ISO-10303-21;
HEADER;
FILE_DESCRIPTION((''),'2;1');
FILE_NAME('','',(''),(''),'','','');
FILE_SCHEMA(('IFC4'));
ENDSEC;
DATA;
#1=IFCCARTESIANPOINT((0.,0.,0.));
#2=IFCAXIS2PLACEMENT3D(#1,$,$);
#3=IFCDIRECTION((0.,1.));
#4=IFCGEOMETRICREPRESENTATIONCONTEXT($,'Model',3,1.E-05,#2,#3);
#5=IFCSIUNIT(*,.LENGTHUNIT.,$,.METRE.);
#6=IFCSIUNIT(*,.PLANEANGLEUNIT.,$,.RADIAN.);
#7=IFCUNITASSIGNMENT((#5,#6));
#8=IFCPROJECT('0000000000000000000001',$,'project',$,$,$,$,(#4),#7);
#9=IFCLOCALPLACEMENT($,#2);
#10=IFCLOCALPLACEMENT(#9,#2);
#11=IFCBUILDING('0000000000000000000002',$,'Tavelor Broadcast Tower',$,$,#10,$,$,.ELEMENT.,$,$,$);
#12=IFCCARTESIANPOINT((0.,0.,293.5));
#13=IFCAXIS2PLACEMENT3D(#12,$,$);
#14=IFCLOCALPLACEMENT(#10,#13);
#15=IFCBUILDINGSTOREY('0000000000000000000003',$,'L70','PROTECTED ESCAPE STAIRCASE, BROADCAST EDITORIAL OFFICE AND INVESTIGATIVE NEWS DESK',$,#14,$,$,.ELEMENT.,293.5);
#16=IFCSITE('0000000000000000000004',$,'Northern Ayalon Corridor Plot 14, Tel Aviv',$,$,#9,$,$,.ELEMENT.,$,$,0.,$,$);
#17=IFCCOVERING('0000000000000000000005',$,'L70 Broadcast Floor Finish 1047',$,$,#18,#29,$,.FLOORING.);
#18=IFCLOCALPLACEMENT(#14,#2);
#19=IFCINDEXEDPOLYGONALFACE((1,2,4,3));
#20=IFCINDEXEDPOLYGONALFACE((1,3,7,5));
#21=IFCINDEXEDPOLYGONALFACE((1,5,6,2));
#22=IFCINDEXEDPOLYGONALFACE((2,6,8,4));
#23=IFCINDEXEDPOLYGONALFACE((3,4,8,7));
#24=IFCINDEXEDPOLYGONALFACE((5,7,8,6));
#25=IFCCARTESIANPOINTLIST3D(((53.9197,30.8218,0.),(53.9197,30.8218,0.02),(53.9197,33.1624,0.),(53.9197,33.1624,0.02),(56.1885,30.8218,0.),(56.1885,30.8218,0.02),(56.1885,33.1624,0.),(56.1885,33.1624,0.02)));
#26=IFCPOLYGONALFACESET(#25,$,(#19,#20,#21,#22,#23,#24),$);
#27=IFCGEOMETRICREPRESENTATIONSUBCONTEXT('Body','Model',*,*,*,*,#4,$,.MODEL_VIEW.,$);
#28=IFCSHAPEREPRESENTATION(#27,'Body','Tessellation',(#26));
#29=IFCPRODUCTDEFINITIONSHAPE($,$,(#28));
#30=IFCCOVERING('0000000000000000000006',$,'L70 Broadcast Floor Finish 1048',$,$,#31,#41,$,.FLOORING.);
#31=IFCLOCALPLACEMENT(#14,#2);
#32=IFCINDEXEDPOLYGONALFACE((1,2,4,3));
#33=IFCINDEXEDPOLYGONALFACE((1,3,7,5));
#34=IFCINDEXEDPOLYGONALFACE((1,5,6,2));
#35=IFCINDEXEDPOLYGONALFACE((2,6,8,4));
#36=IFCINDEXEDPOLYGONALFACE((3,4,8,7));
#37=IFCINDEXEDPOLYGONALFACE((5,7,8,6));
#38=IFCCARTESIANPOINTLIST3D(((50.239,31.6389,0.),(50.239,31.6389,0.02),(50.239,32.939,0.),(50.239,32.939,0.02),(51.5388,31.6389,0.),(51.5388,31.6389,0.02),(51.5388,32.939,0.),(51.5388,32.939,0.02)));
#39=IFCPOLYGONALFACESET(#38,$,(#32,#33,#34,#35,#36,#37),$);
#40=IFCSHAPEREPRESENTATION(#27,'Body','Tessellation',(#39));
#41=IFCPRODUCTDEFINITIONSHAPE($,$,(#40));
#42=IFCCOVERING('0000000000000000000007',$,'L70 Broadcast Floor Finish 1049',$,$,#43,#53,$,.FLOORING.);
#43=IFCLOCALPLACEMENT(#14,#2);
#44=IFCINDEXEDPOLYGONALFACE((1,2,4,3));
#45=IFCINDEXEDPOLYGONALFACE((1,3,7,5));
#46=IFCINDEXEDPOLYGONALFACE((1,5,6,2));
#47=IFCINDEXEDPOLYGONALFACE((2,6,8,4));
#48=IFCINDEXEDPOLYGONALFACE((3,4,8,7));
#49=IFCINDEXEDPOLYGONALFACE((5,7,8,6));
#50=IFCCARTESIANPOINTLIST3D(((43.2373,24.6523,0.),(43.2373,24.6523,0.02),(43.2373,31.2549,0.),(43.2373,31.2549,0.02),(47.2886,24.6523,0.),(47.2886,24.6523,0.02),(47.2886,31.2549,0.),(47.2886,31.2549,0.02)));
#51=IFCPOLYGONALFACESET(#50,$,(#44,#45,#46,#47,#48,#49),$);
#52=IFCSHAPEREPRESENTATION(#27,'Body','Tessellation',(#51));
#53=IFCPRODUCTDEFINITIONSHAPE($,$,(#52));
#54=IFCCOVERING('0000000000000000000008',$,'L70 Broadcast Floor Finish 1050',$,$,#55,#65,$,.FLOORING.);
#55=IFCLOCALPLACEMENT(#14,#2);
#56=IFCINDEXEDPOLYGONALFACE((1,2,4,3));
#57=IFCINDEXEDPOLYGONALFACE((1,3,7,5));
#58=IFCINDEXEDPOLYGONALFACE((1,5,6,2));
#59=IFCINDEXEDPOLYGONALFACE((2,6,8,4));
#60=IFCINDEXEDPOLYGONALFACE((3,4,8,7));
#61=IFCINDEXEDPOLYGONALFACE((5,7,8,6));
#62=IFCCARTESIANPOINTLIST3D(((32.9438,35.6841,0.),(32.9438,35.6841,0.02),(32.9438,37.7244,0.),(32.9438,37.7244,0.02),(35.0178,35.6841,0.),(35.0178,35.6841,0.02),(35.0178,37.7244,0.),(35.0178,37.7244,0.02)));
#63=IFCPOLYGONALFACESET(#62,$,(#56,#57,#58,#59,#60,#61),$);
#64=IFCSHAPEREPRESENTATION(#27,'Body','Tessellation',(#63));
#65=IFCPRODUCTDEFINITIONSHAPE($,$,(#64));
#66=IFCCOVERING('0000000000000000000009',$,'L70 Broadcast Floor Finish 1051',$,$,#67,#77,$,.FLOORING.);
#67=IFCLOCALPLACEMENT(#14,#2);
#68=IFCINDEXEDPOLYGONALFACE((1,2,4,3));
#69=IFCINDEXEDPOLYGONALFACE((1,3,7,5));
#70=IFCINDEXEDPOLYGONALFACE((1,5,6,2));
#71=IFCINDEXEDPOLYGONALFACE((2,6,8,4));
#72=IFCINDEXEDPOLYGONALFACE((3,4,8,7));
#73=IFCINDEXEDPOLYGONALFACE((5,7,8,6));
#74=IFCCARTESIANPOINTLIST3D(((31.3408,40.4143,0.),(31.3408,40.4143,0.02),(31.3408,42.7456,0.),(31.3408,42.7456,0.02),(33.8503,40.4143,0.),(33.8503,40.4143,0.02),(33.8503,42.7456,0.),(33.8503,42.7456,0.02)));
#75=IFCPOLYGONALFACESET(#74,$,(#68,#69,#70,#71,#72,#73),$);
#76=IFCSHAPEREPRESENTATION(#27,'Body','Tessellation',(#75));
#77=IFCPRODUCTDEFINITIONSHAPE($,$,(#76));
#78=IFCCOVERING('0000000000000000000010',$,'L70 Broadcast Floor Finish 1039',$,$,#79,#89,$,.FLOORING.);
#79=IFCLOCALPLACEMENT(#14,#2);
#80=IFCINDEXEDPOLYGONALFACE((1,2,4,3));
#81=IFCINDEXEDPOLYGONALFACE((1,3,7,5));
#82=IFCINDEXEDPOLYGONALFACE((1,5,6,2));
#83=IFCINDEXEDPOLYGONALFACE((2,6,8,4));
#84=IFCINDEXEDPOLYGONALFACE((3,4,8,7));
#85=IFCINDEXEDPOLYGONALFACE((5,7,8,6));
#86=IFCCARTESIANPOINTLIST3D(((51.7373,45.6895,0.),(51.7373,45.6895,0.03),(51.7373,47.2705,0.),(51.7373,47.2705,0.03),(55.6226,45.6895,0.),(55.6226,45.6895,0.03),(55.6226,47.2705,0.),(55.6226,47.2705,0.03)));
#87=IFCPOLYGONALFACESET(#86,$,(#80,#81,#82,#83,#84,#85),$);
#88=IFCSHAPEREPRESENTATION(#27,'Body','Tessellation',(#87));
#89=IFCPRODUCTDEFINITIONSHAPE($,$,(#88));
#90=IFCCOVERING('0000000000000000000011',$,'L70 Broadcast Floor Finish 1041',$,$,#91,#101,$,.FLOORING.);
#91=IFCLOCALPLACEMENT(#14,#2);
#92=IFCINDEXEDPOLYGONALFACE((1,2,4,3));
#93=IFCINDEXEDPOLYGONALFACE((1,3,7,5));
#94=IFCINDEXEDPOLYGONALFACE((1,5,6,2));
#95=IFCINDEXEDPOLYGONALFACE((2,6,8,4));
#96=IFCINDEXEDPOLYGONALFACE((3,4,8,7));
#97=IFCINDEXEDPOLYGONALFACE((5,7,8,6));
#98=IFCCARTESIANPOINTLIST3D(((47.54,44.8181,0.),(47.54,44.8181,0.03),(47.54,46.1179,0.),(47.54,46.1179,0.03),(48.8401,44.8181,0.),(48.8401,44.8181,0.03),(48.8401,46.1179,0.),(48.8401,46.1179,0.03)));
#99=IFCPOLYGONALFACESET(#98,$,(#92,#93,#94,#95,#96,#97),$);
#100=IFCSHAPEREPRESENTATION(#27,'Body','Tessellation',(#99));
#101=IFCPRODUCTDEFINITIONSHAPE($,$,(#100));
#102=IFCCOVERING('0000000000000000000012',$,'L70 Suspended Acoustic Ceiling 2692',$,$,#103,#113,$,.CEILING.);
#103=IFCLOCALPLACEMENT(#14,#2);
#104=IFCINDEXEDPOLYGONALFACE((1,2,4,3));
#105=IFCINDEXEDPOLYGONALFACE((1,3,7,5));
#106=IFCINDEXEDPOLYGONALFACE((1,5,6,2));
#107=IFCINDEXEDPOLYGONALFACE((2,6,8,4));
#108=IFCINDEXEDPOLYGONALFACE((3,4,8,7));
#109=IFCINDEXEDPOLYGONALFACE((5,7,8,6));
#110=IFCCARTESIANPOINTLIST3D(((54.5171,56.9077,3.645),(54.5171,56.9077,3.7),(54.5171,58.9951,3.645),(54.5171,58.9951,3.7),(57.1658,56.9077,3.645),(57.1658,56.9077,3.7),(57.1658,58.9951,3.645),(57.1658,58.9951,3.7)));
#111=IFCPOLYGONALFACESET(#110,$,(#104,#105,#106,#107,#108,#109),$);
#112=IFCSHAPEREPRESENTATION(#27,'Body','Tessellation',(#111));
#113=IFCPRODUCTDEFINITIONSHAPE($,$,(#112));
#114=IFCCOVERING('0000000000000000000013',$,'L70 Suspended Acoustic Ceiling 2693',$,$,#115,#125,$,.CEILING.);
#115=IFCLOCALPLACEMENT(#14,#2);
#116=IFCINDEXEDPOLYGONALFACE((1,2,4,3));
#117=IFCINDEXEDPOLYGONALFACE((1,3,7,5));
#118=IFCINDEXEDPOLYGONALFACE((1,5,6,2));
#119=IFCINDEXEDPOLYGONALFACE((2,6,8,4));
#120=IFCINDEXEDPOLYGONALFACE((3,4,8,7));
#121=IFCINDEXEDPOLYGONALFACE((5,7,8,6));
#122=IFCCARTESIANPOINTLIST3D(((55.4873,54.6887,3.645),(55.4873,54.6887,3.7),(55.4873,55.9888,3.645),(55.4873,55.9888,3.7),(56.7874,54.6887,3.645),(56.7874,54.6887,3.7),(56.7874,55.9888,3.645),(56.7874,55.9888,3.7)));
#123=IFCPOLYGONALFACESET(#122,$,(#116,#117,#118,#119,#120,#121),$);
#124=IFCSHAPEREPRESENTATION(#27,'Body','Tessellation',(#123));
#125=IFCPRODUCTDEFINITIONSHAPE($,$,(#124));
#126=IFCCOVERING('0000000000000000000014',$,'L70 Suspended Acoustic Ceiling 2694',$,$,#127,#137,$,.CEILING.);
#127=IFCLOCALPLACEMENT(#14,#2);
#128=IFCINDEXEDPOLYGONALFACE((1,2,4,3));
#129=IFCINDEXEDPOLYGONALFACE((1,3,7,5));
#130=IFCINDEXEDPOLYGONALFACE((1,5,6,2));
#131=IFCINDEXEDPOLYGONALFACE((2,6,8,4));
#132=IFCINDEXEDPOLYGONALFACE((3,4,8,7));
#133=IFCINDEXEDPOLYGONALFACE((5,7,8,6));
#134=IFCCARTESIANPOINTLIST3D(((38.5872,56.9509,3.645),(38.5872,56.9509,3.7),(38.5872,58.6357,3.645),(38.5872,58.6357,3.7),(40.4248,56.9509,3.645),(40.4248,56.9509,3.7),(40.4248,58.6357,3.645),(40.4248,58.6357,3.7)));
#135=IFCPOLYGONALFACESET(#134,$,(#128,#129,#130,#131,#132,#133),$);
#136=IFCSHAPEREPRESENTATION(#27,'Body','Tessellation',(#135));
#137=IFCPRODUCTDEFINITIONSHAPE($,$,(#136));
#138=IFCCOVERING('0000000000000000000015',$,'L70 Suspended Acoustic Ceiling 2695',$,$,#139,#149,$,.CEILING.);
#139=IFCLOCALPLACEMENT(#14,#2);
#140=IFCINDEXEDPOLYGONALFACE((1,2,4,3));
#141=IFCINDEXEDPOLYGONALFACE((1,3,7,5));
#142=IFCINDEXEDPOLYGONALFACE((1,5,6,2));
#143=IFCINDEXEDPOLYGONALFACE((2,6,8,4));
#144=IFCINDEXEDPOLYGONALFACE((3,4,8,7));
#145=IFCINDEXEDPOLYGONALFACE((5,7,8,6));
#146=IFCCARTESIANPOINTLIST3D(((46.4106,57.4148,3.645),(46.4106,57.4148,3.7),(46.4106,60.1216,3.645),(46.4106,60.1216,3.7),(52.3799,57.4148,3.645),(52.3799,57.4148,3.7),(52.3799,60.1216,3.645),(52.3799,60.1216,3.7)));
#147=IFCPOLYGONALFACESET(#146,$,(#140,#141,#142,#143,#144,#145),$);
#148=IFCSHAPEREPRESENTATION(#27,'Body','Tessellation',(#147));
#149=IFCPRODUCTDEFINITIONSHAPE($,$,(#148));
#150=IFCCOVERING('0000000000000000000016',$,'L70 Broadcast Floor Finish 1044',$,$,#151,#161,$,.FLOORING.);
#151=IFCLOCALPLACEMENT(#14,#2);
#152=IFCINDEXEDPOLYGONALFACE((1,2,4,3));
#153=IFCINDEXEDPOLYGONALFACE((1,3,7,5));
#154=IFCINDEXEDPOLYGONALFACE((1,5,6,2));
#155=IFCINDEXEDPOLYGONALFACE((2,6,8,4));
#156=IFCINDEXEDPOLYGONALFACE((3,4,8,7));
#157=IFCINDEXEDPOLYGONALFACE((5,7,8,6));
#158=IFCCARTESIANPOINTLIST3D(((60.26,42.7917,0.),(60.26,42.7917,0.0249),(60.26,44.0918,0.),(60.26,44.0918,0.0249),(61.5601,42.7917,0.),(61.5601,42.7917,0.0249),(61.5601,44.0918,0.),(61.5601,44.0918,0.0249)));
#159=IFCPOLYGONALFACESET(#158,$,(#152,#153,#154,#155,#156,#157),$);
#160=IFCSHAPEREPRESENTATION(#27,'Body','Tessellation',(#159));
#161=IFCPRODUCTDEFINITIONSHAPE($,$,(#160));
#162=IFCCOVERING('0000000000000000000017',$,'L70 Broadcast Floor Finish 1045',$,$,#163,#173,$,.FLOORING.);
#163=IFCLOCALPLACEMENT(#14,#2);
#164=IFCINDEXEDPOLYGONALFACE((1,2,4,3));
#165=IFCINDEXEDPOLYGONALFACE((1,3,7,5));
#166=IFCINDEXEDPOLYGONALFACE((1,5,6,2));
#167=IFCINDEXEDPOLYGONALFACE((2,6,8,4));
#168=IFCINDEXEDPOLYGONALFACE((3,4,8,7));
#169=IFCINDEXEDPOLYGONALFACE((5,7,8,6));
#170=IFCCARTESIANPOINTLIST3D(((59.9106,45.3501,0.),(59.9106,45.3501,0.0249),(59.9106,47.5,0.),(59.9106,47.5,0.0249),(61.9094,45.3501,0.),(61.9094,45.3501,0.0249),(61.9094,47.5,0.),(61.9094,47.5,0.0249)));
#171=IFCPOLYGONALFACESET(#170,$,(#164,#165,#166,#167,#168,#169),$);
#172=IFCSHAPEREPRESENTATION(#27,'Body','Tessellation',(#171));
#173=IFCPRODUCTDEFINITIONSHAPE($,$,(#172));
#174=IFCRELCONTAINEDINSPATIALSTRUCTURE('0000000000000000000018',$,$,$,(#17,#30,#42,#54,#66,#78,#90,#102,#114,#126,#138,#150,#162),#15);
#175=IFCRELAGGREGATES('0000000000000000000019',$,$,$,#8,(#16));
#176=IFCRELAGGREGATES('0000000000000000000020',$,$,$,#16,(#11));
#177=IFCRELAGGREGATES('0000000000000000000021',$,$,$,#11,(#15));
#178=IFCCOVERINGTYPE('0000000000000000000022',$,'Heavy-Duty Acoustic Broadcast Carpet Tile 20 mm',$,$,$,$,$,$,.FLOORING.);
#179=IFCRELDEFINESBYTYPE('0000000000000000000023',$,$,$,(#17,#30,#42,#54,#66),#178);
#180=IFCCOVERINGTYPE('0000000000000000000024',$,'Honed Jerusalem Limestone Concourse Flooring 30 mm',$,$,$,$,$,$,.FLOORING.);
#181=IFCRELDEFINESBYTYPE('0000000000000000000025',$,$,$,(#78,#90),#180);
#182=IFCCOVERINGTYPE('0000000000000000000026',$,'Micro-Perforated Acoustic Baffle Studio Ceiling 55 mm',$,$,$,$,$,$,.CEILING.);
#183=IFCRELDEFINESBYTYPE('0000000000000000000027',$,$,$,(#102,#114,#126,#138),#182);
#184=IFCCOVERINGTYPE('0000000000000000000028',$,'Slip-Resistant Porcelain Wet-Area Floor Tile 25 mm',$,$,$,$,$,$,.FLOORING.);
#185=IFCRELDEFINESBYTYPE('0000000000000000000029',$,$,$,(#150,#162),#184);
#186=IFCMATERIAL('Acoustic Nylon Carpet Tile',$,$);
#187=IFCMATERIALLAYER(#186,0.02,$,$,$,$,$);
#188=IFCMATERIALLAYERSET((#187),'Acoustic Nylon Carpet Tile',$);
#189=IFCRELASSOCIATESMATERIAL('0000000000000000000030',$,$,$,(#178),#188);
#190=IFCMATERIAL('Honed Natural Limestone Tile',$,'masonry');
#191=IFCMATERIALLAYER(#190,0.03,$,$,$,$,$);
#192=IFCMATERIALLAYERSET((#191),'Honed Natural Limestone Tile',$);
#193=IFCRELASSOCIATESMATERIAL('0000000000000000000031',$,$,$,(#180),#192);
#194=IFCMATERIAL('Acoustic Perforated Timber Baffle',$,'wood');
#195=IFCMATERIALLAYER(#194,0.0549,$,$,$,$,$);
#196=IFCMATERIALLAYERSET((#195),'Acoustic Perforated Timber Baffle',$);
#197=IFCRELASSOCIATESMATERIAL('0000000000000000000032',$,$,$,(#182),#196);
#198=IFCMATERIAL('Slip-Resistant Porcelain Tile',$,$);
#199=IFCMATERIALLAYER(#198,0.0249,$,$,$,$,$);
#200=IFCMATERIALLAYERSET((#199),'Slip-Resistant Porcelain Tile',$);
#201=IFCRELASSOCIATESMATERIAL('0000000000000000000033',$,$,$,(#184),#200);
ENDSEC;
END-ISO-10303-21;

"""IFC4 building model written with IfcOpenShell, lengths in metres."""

from ifc_helpers import new_model, si_unit, direction, frame, origin, place, context, subcontext, project, spatial, polyline, outline, extrude, material, layer, layer_set, type_object, element, save


model = new_model("IFC4")

# Units and contexts
model_context = context("Model", 3, precision=1e-05, world=origin(), true_north=direction((0.0, 1.0)))
body_context = subcontext(model_context, "Body", "Model", "MODEL_VIEW")
ifc_project = project(units=[si_unit("LENGTHUNIT", "METRE"), si_unit("PLANEANGLEUNIT", "RADIAN")], contexts=[model_context])

# Site, building, storey
site_placement = place(None, origin())
site = spatial("IfcSite", under=ifc_project, at=site_placement, Name="Northern Ayalon Corridor Plot 14, Tel Aviv", CompositionType="ELEMENT", RefElevation=0.0)
building_placement = place(site_placement, origin())
building = spatial("IfcBuilding", under=site, at=building_placement, Name="Tavelor Broadcast Tower", CompositionType="ELEMENT")
storey_placement = place(building_placement, frame((0.0, 0.0, 293.5)))
storey = spatial("IfcBuildingStorey", under=building, at=storey_placement, Name="L70", Description="PROTECTED ESCAPE STAIRCASE, BROADCAST EDITORIAL OFFICE AND INVESTIGATIVE NEWS DESK", CompositionType="ELEMENT", Elevation=293.5)

# Coverings
ifc_material_1 = material(Name="Acoustic Nylon Carpet Tile")
ifc_layer_1 = layer(ifc_material_1, 0.02)
ifc_layer_set_1 = layer_set([ifc_layer_1], Name="Acoustic Nylon Carpet Tile")
covering_type_1 = type_object("IfcCoveringType", Name="Heavy-Duty Acoustic Broadcast Carpet Tile 20 mm", PredefinedType="FLOORING", material=ifc_layer_set_1)
covering_1_placement = place(storey_placement, origin())
element("IfcCovering", 1, at=covering_1_placement, inside=storey, type_object=covering_type_1, Name="L70 Broadcast Floor Finish 1047", PredefinedType="FLOORING", context=body_context, shape_type="SweptSolid", body=[
    extrude(outline(polyline([(53.9197, 30.8218), (56.1885, 30.8218), (56.1885, 33.1624), (53.9197, 33.1624), (53.9197, 30.8218)])), origin(), (0.0, 0.0, 1.0), 0.02),
])
covering_2_placement = place(storey_placement, origin())
element("IfcCovering", 2, at=covering_2_placement, inside=storey, type_object=covering_type_1, Name="L70 Broadcast Floor Finish 1048", PredefinedType="FLOORING", context=body_context, shape_type="SweptSolid", body=[
    extrude(outline(polyline([(50.239, 31.6389), (51.5388, 31.6389), (51.5388, 32.939), (50.239, 32.939), (50.239, 31.6389)])), origin(), (0.0, 0.0, 1.0), 0.02),
])
covering_3_placement = place(storey_placement, origin())
element("IfcCovering", 3, at=covering_3_placement, inside=storey, type_object=covering_type_1, Name="L70 Broadcast Floor Finish 1049", PredefinedType="FLOORING", context=body_context, shape_type="SweptSolid", body=[
    extrude(outline(polyline([(43.2373, 24.6523), (47.2886, 24.6523), (47.2886, 31.2549), (43.2373, 31.2549), (43.2373, 24.6523)])), origin(), (0.0, 0.0, 1.0), 0.02),
])
covering_4_placement = place(storey_placement, origin())
element("IfcCovering", 4, at=covering_4_placement, inside=storey, type_object=covering_type_1, Name="L70 Broadcast Floor Finish 1050", PredefinedType="FLOORING", context=body_context, shape_type="SweptSolid", body=[
    extrude(outline(polyline([(32.9438, 35.6841), (35.0178, 35.6841), (35.0178, 37.7244), (32.9438, 37.7244), (32.9438, 35.6841)])), origin(), (0.0, 0.0, 1.0), 0.02),
])
covering_5_placement = place(storey_placement, origin())
element("IfcCovering", 5, at=covering_5_placement, inside=storey, type_object=covering_type_1, Name="L70 Broadcast Floor Finish 1051", PredefinedType="FLOORING", context=body_context, shape_type="SweptSolid", body=[
    extrude(outline(polyline([(31.3408, 40.4143), (33.8503, 40.4143), (33.8503, 42.7456), (31.3408, 42.7456), (31.3408, 40.4143)])), origin(), (0.0, 0.0, 1.0), 0.02),
])
ifc_material_2 = material(Name="Honed Natural Limestone Tile", Category="masonry")
ifc_layer_2 = layer(ifc_material_2, 0.03)
ifc_layer_set_2 = layer_set([ifc_layer_2], Name="Honed Natural Limestone Tile")
covering_type_2 = type_object("IfcCoveringType", Name="Honed Jerusalem Limestone Concourse Flooring 30 mm", PredefinedType="FLOORING", material=ifc_layer_set_2)
covering_6_placement = place(storey_placement, origin())
element("IfcCovering", 6, at=covering_6_placement, inside=storey, type_object=covering_type_2, Name="L70 Broadcast Floor Finish 1039", PredefinedType="FLOORING", context=body_context, shape_type="SweptSolid", body=[
    extrude(outline(polyline([(51.7373, 45.6895), (55.6226, 45.6895), (55.6226, 47.2705), (51.7373, 47.2705), (51.7373, 45.6895)])), origin(), (0.0, 0.0, 1.0), 0.03),
])
covering_7_placement = place(storey_placement, origin())
element("IfcCovering", 7, at=covering_7_placement, inside=storey, type_object=covering_type_2, Name="L70 Broadcast Floor Finish 1041", PredefinedType="FLOORING", context=body_context, shape_type="SweptSolid", body=[
    extrude(outline(polyline([(47.54, 44.8181), (48.8401, 44.8181), (48.8401, 46.1179), (47.54, 46.1179), (47.54, 44.8181)])), origin(), (0.0, 0.0, 1.0), 0.03),
])
ifc_material_3 = material(Name="Acoustic Perforated Timber Baffle", Category="wood")
ifc_layer_3 = layer(ifc_material_3, 0.0549)
ifc_layer_set_3 = layer_set([ifc_layer_3], Name="Acoustic Perforated Timber Baffle")
covering_type_3 = type_object("IfcCoveringType", Name="Micro-Perforated Acoustic Baffle Studio Ceiling 55 mm", PredefinedType="CEILING", material=ifc_layer_set_3)
covering_8_placement = place(storey_placement, frame((0.0, 0.0, 3.645)))
element("IfcCovering", 8, at=covering_8_placement, inside=storey, type_object=covering_type_3, Name="L70 Suspended Acoustic Ceiling 2692", PredefinedType="CEILING", context=body_context, shape_type="SweptSolid", body=[
    extrude(outline(polyline([(54.5171, 56.9077), (57.1658, 56.9077), (57.1658, 58.9951), (54.5171, 58.9951), (54.5171, 56.9077)])), origin(), (0.0, 0.0, 1.0), 0.0549),
])
covering_9_placement = place(storey_placement, frame((0.0, 0.0, 3.645)))
element("IfcCovering", 9, at=covering_9_placement, inside=storey, type_object=covering_type_3, Name="L70 Suspended Acoustic Ceiling 2693", PredefinedType="CEILING", context=body_context, shape_type="SweptSolid", body=[
    extrude(outline(polyline([(55.4873, 54.6887), (56.7874, 54.6887), (56.7874, 55.9888), (55.4873, 55.9888), (55.4873, 54.6887)])), origin(), (0.0, 0.0, 1.0), 0.0549),
])
covering_10_placement = place(storey_placement, frame((0.0, 0.0, 3.645)))
element("IfcCovering", 10, at=covering_10_placement, inside=storey, type_object=covering_type_3, Name="L70 Suspended Acoustic Ceiling 2694", PredefinedType="CEILING", context=body_context, shape_type="SweptSolid", body=[
    extrude(outline(polyline([(38.5872, 56.9509), (40.4248, 56.9509), (40.4248, 58.6357), (38.5872, 58.6357), (38.5872, 56.9509)])), origin(), (0.0, 0.0, 1.0), 0.0549),
])
covering_11_placement = place(storey_placement, frame((0.0, 0.0, 3.645)))
element("IfcCovering", 11, at=covering_11_placement, inside=storey, type_object=covering_type_3, Name="L70 Suspended Acoustic Ceiling 2695", PredefinedType="CEILING", context=body_context, shape_type="SweptSolid", body=[
    extrude(outline(polyline([(46.4106, 57.4148), (52.3799, 57.4148), (52.3799, 60.1216), (46.4106, 60.1216), (46.4106, 57.4148)])), origin(), (0.0, 0.0, 1.0), 0.0549),
])
ifc_material_4 = material(Name="Slip-Resistant Porcelain Tile")
ifc_layer_4 = layer(ifc_material_4, 0.0249)
ifc_layer_set_4 = layer_set([ifc_layer_4], Name="Slip-Resistant Porcelain Tile")
covering_type_4 = type_object("IfcCoveringType", Name="Slip-Resistant Porcelain Wet-Area Floor Tile 25 mm", PredefinedType="FLOORING", material=ifc_layer_set_4)
covering_12_placement = place(storey_placement, origin())
element("IfcCovering", 12, at=covering_12_placement, inside=storey, type_object=covering_type_4, Name="L70 Broadcast Floor Finish 1044", PredefinedType="FLOORING", context=body_context, shape_type="SweptSolid", body=[
    extrude(outline(polyline([(60.26, 42.7917), (61.5601, 42.7917), (61.5601, 44.0918), (60.26, 44.0918), (60.26, 42.7917)])), origin(), (0.0, 0.0, 1.0), 0.0249),
])
covering_13_placement = place(storey_placement, origin())
element("IfcCovering", 13, at=covering_13_placement, inside=storey, type_object=covering_type_4, Name="L70 Broadcast Floor Finish 1045", PredefinedType="FLOORING", context=body_context, shape_type="SweptSolid", body=[
    extrude(outline(polyline([(59.9106, 45.3501), (61.9094, 45.3501), (61.9094, 47.5), (59.9106, 47.5), (59.9106, 45.3501)])), origin(), (0.0, 0.0, 1.0), 0.0249),
])

save(model, "model.ifc")
